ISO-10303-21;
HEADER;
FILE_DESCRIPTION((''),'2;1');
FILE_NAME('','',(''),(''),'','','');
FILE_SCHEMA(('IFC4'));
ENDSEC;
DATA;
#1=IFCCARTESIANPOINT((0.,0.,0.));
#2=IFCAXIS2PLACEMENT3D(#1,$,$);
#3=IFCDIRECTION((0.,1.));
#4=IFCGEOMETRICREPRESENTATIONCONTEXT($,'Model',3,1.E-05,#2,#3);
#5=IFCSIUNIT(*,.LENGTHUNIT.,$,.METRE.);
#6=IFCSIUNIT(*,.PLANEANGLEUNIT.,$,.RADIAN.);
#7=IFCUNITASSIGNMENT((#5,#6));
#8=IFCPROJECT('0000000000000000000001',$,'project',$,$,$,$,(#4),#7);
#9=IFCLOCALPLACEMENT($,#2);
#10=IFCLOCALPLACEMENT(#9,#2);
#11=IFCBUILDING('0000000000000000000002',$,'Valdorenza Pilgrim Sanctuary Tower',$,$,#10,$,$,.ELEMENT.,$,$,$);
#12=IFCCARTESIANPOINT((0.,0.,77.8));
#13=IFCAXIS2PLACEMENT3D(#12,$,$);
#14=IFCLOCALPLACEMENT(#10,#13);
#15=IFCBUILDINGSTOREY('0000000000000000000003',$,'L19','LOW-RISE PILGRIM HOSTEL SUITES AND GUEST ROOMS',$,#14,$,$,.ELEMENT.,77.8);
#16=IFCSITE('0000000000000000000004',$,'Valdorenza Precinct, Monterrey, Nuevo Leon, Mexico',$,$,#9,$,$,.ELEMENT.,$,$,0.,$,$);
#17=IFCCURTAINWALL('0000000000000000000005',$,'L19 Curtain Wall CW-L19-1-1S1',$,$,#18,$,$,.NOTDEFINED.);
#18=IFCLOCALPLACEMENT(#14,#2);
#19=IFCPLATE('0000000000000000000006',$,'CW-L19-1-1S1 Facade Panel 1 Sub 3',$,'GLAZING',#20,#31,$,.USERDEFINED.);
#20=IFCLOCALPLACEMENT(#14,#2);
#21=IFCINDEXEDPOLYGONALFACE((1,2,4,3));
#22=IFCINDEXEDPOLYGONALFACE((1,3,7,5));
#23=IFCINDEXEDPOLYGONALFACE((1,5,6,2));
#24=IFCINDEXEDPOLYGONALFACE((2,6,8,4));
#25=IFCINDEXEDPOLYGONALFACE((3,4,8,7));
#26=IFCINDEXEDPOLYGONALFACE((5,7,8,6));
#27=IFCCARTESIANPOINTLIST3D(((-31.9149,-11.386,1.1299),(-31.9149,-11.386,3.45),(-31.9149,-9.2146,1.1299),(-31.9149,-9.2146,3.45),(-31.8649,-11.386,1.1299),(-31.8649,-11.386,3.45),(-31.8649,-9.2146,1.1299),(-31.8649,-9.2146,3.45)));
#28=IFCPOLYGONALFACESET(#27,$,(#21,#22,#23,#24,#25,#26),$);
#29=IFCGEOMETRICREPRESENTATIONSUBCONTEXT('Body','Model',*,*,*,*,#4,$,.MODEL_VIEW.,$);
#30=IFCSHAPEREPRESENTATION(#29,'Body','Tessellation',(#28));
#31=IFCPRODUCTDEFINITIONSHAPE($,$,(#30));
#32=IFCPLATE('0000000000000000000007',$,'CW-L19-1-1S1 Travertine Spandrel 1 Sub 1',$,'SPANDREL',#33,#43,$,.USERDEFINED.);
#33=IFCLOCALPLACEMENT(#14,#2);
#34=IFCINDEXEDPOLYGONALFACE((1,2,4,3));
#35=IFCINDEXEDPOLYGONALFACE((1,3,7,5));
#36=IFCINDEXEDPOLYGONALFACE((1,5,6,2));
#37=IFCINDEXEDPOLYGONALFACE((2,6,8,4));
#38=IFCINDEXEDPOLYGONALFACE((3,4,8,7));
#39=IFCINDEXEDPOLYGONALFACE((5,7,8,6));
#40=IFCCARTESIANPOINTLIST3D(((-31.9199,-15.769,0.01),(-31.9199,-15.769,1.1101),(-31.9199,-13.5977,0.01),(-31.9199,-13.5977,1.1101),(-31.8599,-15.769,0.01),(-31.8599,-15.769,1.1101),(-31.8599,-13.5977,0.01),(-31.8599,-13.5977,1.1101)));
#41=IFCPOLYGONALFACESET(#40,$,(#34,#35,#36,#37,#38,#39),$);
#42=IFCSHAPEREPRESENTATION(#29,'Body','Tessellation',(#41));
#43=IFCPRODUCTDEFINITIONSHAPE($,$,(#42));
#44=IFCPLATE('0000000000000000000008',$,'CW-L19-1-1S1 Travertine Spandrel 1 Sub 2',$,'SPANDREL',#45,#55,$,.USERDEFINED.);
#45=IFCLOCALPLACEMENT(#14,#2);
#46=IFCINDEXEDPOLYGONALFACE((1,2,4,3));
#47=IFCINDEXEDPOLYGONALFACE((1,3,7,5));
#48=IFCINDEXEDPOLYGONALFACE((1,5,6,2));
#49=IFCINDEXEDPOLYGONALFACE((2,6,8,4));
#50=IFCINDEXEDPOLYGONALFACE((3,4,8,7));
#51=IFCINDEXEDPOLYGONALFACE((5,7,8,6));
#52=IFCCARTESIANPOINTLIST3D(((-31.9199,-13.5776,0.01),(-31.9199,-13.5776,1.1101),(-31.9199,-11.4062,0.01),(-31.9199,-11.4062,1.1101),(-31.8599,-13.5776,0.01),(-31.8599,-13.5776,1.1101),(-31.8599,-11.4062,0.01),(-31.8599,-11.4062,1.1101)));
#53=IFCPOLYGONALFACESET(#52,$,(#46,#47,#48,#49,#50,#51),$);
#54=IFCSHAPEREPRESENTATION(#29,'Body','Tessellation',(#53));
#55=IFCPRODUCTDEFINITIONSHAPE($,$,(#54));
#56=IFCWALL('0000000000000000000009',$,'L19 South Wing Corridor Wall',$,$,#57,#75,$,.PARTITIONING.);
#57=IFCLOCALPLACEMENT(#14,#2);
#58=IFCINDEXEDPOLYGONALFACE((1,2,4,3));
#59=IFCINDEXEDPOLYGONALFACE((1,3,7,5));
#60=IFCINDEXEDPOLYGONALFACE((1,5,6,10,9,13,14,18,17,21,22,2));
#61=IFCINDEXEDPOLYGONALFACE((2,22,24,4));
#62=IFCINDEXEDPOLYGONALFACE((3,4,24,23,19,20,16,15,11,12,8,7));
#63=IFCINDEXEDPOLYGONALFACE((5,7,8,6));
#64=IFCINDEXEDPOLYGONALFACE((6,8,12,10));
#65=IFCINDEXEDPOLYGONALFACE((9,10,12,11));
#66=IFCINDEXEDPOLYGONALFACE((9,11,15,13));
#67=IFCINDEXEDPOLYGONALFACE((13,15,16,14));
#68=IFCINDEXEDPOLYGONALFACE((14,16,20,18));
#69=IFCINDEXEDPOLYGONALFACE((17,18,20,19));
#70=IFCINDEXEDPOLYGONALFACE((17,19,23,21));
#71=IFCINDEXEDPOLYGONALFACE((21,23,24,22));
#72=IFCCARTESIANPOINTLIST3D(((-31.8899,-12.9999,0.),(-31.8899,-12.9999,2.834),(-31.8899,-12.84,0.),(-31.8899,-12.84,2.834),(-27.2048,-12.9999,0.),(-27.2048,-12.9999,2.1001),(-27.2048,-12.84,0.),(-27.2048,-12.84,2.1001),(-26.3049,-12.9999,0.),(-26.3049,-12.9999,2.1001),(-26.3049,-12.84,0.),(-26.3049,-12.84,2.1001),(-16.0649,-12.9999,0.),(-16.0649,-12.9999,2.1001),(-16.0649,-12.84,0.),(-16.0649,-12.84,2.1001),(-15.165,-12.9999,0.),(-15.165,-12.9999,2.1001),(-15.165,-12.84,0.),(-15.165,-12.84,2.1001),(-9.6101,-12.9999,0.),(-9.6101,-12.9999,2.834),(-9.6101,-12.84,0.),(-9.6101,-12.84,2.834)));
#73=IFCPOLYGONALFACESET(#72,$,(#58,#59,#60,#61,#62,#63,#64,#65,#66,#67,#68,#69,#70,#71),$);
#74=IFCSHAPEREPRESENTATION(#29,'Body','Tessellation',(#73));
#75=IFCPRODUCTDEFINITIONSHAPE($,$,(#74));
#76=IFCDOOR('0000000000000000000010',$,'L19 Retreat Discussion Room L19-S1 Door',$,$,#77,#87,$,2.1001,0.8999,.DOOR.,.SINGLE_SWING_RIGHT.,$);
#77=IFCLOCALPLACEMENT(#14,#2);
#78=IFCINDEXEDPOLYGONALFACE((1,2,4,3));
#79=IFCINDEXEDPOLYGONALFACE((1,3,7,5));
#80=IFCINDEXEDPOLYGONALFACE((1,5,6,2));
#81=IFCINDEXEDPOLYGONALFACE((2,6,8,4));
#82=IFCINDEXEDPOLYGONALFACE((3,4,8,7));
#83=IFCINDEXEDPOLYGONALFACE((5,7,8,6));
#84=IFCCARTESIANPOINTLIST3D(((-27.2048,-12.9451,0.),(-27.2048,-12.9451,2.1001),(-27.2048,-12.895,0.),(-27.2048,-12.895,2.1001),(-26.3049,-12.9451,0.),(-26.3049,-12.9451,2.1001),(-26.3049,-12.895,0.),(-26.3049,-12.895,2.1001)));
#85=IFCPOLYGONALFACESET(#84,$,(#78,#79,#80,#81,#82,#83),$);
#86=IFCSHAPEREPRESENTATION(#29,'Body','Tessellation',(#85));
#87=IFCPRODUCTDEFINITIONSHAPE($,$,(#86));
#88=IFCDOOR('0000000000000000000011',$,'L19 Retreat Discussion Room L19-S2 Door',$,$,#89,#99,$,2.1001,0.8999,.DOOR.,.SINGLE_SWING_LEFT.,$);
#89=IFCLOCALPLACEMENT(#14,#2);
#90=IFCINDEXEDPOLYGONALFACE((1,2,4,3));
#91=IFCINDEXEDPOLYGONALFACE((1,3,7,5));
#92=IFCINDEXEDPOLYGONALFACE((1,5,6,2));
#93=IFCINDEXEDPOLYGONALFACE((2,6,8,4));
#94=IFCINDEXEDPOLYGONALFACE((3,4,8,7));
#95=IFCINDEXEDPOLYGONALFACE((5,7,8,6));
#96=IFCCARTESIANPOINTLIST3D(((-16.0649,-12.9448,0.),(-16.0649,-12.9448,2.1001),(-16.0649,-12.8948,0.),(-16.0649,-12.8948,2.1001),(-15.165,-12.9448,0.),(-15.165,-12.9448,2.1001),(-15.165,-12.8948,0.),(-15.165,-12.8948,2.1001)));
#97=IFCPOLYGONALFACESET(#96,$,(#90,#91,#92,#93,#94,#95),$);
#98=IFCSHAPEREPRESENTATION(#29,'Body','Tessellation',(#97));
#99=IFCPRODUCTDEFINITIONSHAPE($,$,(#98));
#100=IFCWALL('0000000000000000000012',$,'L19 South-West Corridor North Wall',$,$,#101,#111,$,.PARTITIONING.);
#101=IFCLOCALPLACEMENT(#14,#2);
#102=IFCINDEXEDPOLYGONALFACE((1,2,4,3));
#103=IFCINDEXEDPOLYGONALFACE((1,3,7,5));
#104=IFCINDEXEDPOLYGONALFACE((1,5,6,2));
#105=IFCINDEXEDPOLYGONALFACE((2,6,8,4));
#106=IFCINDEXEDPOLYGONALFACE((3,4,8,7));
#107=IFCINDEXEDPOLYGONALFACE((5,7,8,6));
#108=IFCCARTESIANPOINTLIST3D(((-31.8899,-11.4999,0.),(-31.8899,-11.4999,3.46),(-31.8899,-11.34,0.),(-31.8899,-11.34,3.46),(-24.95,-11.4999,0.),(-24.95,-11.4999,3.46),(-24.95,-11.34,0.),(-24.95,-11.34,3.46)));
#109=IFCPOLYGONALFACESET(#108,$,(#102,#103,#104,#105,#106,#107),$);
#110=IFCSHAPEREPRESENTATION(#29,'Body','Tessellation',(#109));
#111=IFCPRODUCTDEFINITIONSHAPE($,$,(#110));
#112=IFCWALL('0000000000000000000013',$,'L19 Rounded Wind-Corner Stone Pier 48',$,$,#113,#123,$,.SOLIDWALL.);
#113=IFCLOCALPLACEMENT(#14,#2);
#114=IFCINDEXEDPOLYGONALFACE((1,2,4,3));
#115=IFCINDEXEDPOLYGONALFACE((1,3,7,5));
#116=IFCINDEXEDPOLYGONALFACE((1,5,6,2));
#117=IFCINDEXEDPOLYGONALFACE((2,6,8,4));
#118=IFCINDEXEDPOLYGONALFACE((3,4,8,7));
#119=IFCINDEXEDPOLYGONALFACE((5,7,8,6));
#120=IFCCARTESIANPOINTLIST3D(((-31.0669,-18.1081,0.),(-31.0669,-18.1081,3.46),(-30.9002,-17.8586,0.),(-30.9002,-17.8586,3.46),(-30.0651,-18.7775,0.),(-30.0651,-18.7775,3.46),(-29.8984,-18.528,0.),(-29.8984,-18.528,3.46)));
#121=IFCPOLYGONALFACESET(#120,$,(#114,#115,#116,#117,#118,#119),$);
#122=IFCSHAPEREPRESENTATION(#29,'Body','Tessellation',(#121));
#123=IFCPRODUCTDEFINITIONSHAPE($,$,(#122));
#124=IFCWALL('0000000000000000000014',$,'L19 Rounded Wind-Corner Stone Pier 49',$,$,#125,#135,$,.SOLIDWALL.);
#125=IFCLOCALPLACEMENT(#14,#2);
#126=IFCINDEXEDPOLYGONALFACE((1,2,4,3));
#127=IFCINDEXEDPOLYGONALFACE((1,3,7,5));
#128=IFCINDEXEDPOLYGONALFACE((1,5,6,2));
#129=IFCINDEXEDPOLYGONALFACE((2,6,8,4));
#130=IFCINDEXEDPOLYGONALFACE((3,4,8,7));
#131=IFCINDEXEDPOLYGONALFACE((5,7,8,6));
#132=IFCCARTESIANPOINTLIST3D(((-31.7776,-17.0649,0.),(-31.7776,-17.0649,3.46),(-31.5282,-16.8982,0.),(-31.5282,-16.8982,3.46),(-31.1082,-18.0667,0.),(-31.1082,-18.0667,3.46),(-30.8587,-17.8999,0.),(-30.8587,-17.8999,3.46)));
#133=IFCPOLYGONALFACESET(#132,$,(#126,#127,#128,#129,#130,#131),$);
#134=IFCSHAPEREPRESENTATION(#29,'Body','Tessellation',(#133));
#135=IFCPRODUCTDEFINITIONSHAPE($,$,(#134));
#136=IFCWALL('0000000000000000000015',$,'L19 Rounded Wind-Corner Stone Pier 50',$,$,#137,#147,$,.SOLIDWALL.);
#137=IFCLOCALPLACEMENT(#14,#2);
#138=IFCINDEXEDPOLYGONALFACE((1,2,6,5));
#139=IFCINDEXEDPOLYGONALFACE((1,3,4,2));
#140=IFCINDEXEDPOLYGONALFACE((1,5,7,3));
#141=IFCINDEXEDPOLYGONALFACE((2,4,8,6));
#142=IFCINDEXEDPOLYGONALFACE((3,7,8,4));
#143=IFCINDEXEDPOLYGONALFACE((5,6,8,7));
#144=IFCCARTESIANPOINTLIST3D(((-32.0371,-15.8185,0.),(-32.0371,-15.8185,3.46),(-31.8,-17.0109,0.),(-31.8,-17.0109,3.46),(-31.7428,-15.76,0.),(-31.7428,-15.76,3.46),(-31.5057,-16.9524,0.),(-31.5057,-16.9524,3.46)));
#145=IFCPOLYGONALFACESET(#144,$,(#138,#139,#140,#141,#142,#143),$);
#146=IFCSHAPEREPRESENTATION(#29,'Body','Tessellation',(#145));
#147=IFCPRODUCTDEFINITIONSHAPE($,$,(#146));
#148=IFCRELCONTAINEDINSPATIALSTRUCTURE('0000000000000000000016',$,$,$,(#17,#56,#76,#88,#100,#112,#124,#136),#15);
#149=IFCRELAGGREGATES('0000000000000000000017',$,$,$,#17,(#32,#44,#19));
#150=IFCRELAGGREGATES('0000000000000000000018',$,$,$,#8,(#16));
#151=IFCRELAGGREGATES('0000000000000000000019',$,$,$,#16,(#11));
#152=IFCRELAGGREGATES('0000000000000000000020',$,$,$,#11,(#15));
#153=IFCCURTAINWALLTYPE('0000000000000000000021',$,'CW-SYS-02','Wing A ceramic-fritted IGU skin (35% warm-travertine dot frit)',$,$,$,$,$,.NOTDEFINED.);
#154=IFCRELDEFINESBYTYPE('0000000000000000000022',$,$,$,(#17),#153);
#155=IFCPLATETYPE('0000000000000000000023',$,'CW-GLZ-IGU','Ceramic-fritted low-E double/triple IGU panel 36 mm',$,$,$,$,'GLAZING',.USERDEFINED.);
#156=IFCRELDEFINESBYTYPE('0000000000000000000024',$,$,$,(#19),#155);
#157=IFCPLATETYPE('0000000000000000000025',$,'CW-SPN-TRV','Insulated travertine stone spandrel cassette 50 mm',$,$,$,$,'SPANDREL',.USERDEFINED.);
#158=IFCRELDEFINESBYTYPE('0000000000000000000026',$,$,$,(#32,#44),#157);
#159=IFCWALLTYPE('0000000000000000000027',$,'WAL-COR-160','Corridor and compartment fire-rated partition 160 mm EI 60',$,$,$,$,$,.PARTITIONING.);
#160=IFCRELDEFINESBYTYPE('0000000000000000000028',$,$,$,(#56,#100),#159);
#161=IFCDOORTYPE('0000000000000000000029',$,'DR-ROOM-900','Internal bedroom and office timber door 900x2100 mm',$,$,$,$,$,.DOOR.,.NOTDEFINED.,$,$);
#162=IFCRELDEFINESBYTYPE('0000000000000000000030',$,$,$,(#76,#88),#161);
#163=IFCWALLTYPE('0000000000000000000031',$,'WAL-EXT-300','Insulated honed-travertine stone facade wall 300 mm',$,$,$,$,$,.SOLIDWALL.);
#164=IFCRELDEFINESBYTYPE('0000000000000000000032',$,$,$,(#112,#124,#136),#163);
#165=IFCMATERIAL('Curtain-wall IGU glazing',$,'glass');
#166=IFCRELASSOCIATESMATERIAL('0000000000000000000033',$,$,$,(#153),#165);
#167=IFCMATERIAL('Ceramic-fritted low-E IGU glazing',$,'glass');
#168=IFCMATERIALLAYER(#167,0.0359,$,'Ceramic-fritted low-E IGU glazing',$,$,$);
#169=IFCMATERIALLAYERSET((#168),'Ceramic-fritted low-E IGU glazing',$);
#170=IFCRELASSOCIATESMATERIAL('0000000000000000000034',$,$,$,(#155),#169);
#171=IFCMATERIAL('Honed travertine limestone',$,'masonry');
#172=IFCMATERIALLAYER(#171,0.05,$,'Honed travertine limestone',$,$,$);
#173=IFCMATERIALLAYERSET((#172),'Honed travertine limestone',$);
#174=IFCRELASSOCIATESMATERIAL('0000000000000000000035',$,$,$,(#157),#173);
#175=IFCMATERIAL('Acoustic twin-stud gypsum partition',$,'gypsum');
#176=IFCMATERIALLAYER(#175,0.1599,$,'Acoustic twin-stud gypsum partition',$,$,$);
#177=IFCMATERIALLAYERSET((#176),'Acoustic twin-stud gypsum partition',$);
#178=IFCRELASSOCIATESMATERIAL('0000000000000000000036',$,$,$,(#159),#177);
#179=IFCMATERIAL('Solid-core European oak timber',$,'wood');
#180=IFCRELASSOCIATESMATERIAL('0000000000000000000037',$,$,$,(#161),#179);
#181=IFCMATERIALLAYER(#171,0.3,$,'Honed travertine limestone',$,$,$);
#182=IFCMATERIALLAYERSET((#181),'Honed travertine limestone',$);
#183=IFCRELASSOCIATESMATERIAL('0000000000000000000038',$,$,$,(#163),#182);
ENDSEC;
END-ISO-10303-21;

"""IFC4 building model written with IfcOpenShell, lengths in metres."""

from ifc_helpers import new_model, si_unit, direction, frame, frame_2d, origin, origin_2d, place, context, subcontext, project, spatial, rectangle, extrude, source, transform, mapped, material, layer, layer_set, type_object, element, fill, aggregate, save


model = new_model("IFC4")

# Units and contexts
model_context = context("Model", 3, precision=1e-05, world=origin(), true_north=direction((0.0, 1.0)))
body_context = subcontext(model_context, "Body", "Model", "MODEL_VIEW")
ifc_project = project(units=[si_unit("LENGTHUNIT", "METRE"), si_unit("PLANEANGLEUNIT", "RADIAN")], contexts=[model_context])

# Site, building, storey
site_placement = place(None, origin())
site = spatial("IfcSite", under=ifc_project, at=site_placement, Name="Valdorenza Precinct, Monterrey, Nuevo Leon, Mexico", CompositionType="ELEMENT", RefElevation=0.0)
building_placement = place(site_placement, origin())
building = spatial("IfcBuilding", under=site, at=building_placement, Name="Valdorenza Pilgrim Sanctuary Tower", CompositionType="ELEMENT")
storey_placement = place(building_placement, frame((0.0, 0.0, 77.8)))
storey = spatial("IfcBuildingStorey", under=building, at=storey_placement, Name="L19", Description="LOW-RISE PILGRIM HOSTEL SUITES AND GUEST ROOMS", CompositionType="ELEMENT", Elevation=77.8)

# Curtain wall, plates
ifc_material_1 = material(Name="Curtain-wall IGU glazing", Category="glass")
curtain_wall_type = type_object("IfcCurtainWallType", Name="CW-SYS-02", Description="Wing A ceramic-fritted IGU skin (35% warm-travertine dot frit)", PredefinedType="NOTDEFINED", material=ifc_material_1)
curtain_wall_placement = place(storey_placement, origin())
curtain_wall = element("IfcCurtainWall", 1, at=curtain_wall_placement, inside=storey, type_object=curtain_wall_type, Name="L19 Curtain Wall CW-L19-1-1S1", PredefinedType="NOTDEFINED")
ifc_material_2 = material(Name="Ceramic-fritted low-E IGU glazing", Category="glass")
ifc_layer_1 = layer(ifc_material_2, 0.0359, Name="Ceramic-fritted low-E IGU glazing")
ifc_layer_set_1 = layer_set([ifc_layer_1], Name="Ceramic-fritted low-E IGU glazing")
plate_type_1 = type_object("IfcPlateType", Name="CW-GLZ-IGU", Description="Ceramic-fritted low-E double/triple IGU panel 36 mm", ElementType="GLAZING", PredefinedType="USERDEFINED", material=ifc_layer_set_1)
shared_shape_1 = source(origin(), body_context, "Body", "SweptSolid", [
    extrude(rectangle(XDim=2.1714, YDim=0.05, at=origin_2d()), origin(), (0.0, 0.0, 1.0), 2.3201),
])
plate_1_placement = place(storey_placement, frame((-31.8899, -10.3003, 1.1299), z_axis=(0.0, 0.0, 1.0), x_axis=(0.0, 1.0, 0.0)))
plate_1 = element("IfcPlate", 2, at=plate_1_placement, type_object=plate_type_1, Name="CW-L19-1-1S1 Facade Panel 1 Sub 3", ObjectType="GLAZING", PredefinedType="USERDEFINED", context=body_context, shape_type="MappedRepresentation", body=[
    mapped(shared_shape_1, transform((0.0, 0.0, 0.0), x_axis=(1.0, 0.0, 0.0), y_axis=(0.0, 1.0, 0.0), z_axis=(0.0, 0.0, 1.0), scale=1.0)),
])
ifc_material_3 = material(Name="Honed travertine limestone", Category="masonry")
ifc_layer_2 = layer(ifc_material_3, 0.05, Name="Honed travertine limestone")
ifc_layer_set_2 = layer_set([ifc_layer_2], Name="Honed travertine limestone")
plate_type_2 = type_object("IfcPlateType", Name="CW-SPN-TRV", Description="Insulated travertine stone spandrel cassette 50 mm", ElementType="SPANDREL", PredefinedType="USERDEFINED", material=ifc_layer_set_2)
shared_shape_2 = source(origin(), body_context, "Body", "SweptSolid", [
    extrude(rectangle(XDim=2.1714, YDim=0.0601, at=origin_2d()), origin(), (0.0, 0.0, 1.0), 1.1001),
])
plate_2_placement = place(storey_placement, frame((-31.8899, -14.6833, 0.01), z_axis=(0.0, 0.0, 1.0), x_axis=(0.0, 1.0, 0.0)))
plate_2 = element("IfcPlate", 3, at=plate_2_placement, type_object=plate_type_2, Name="CW-L19-1-1S1 Travertine Spandrel 1 Sub 1", ObjectType="SPANDREL", PredefinedType="USERDEFINED", context=body_context, shape_type="MappedRepresentation", body=[
    mapped(shared_shape_2, transform((0.0, 0.0, 0.0), x_axis=(1.0, 0.0, 0.0), y_axis=(0.0, 1.0, 0.0), z_axis=(0.0, 0.0, 1.0), scale=1.0)),
])
plate_3_placement = place(storey_placement, frame((-31.8899, -12.4919, 0.01), z_axis=(0.0, 0.0, 1.0), x_axis=(0.0, 1.0, 0.0)))
plate_3 = element("IfcPlate", 4, at=plate_3_placement, type_object=plate_type_2, Name="CW-L19-1-1S1 Travertine Spandrel 1 Sub 2", ObjectType="SPANDREL", PredefinedType="USERDEFINED", context=body_context, shape_type="MappedRepresentation", body=[
    mapped(shared_shape_2, transform((0.0, 0.0, 0.0), x_axis=(1.0, 0.0, 0.0), y_axis=(0.0, 1.0, 0.0), z_axis=(0.0, 0.0, 1.0), scale=1.0)),
])
aggregate(curtain_wall, [plate_2, plate_3, plate_1])

# Wall, openings, doors
ifc_material_4 = material(Name="Acoustic twin-stud gypsum partition", Category="gypsum")
ifc_layer_3 = layer(ifc_material_4, 0.1599, Name="Acoustic twin-stud gypsum partition")
ifc_layer_set_3 = layer_set([ifc_layer_3], Name="Acoustic twin-stud gypsum partition")
wall_type_1 = type_object("IfcWallType", Name="WAL-COR-160", Description="Corridor and compartment fire-rated partition 160 mm EI 60", PredefinedType="PARTITIONING", material=ifc_layer_set_3)
wall_1_placement = place(storey_placement, frame((-31.8899, -12.9199, 0.0), z_axis=(0.0, 0.0, 1.0), x_axis=(1.0, 0.0, 0.0)))
wall_1 = element("IfcWall", 5, at=wall_1_placement, inside=storey, type_object=wall_type_1, Name="L19 South Wing Corridor Wall", PredefinedType="PARTITIONING", context=body_context, shape_type="SweptSolid", body=[
    extrude(rectangle(XDim=22.2798, YDim=0.1599, at=frame_2d((11.1399, 0.0))), origin(), (0.0, 0.0, 1.0), 2.834),
])
opening_1_placement = place(wall_1_placement, frame((4.6851, 0.0, 0.0)))
opening_1 = element("IfcOpeningElement", 6, at=opening_1_placement, cuts=wall_1, PredefinedType="OPENING", context=body_context, shape_type="SweptSolid", body=[
    extrude(rectangle(XDim=0.8999, YDim=2.1001, at=frame_2d((0.45, 1.05))), frame((0.0, 0.0947, 0.0), z_axis=(0.0, -1.0, 0.0), x_axis=(1.0, 0.0, 0.0)), (0.0, 0.0, 1.0), 0.1897),
])
opening_2_placement = place(wall_1_placement, frame((15.825, 0.0, 0.0)))
opening_2 = element("IfcOpeningElement", 7, at=opening_2_placement, cuts=wall_1, PredefinedType="OPENING", context=body_context, shape_type="SweptSolid", body=[
    extrude(rectangle(XDim=0.8999, YDim=2.1001, at=frame_2d((0.45, 1.05))), frame((0.0, 0.0947, 0.0), z_axis=(0.0, -1.0, 0.0), x_axis=(1.0, 0.0, 0.0)), (0.0, 0.0, 1.0), 0.1897),
])
ifc_material_5 = material(Name="Solid-core European oak timber", Category="wood")
door_type = type_object("IfcDoorType", Name="DR-ROOM-900", Description="Internal bedroom and office timber door 900x2100 mm", OperationType="NOTDEFINED", PredefinedType="DOOR", material=ifc_material_5)
door_1_placement = place(opening_1_placement, origin())
door_1 = element("IfcDoor", 8, at=door_1_placement, inside=storey, type_object=door_type, Name="L19 Retreat Discussion Room L19-S1 Door", OperationType="SINGLE_SWING_RIGHT", OverallHeight=2.1001, OverallWidth=0.8999, PredefinedType="DOOR", context=body_context, shape_type="SweptSolid", body=[
    extrude(rectangle(XDim=0.8999, YDim=2.1001, at=frame_2d((0.45, 1.05))), frame((0.0, 0.0249, 0.0), z_axis=(0.0, -1.0, 0.0), x_axis=(1.0, 0.0, 0.0)), (0.0, 0.0, 1.0), 0.05),
])
fill(opening_1, door_1)
door_2_placement = place(opening_2_placement, frame((0.8999, 0.0, 0.0), z_axis=(0.0, 0.0, 1.0), x_axis=(-1.0, 0.0, 0.0)))
door_2 = element("IfcDoor", 9, at=door_2_placement, inside=storey, type_object=door_type, Name="L19 Retreat Discussion Room L19-S2 Door", OperationType="SINGLE_SWING_LEFT", OverallHeight=2.1001, OverallWidth=0.8999, PredefinedType="DOOR", context=body_context, shape_type="SweptSolid", body=[
    extrude(rectangle(XDim=0.8999, YDim=2.1001, at=frame_2d((0.45, 1.05))), frame((0.0, 0.0249, 0.0), z_axis=(0.0, -1.0, 0.0), x_axis=(1.0, 0.0, 0.0)), (0.0, 0.0, 1.0), 0.05),
])
fill(opening_2, door_2)

# Walls
wall_2_placement = place(storey_placement, frame((-31.8899, -11.4199, 0.0), z_axis=(0.0, 0.0, 1.0), x_axis=(1.0, 0.0, 0.0)))
element("IfcWall", 10, at=wall_2_placement, inside=storey, type_object=wall_type_1, Name="L19 South-West Corridor North Wall", PredefinedType="PARTITIONING", context=body_context, shape_type="SweptSolid", body=[
    extrude(rectangle(XDim=6.9399, YDim=0.1599, at=frame_2d((3.47, 0.0))), origin(), (0.0, 0.0, 1.0), 3.46),
])
ifc_layer_4 = layer(ifc_material_3, 0.3, Name="Honed travertine limestone")
ifc_layer_set_4 = layer_set([ifc_layer_4], Name="Honed travertine limestone")
wall_type_2 = type_object("IfcWallType", Name="WAL-EXT-300", Description="Insulated honed-travertine stone facade wall 300 mm", PredefinedType="SOLIDWALL", material=ifc_layer_set_4)
for number, where, z_axis, x_axis, name in (
    (11, (-29.9817, -18.6528, 0.0), (0.0, 0.0, 1.0), (-0.831426, 0.555635, 0.0), "L19 Rounded Wind-Corner Stone Pier 48"),
    (12, (-30.9834, -17.9834, 0.0), (0.0, 0.0, 1.0), (-0.555635, 0.831426, 0.0), "L19 Rounded Wind-Corner Stone Pier 49"),
):
    element("IfcWall", number, at=place(storey_placement, frame(where, z_axis=z_axis, x_axis=x_axis)), inside=storey, type_object=wall_type_2, Name=name, PredefinedType="SOLIDWALL", context=body_context, shape_type="SweptSolid", body=[
        extrude(rectangle(XDim=1.2048, YDim=0.3, at=frame_2d((0.6025, 0.0))), origin(), (0.0, 0.0, 1.0), 3.46),
    ])
wall_3_placement = place(storey_placement, frame((-31.6528, -16.9817, 0.0), z_axis=(0.0, 0.0, 1.0), x_axis=(-0.194996, 0.980804, 0.0)))
element("IfcWall", 13, at=wall_3_placement, inside=storey, type_object=wall_type_2, Name="L19 Rounded Wind-Corner Stone Pier 50", PredefinedType="SOLIDWALL", context=body_context, shape_type="SweptSolid", body=[
    extrude(rectangle(XDim=1.2158, YDim=0.3, at=frame_2d((0.6079, 0.0))), origin(), (0.0, 0.0, 1.0), 3.46),
])

save(model, "model.ifc")
